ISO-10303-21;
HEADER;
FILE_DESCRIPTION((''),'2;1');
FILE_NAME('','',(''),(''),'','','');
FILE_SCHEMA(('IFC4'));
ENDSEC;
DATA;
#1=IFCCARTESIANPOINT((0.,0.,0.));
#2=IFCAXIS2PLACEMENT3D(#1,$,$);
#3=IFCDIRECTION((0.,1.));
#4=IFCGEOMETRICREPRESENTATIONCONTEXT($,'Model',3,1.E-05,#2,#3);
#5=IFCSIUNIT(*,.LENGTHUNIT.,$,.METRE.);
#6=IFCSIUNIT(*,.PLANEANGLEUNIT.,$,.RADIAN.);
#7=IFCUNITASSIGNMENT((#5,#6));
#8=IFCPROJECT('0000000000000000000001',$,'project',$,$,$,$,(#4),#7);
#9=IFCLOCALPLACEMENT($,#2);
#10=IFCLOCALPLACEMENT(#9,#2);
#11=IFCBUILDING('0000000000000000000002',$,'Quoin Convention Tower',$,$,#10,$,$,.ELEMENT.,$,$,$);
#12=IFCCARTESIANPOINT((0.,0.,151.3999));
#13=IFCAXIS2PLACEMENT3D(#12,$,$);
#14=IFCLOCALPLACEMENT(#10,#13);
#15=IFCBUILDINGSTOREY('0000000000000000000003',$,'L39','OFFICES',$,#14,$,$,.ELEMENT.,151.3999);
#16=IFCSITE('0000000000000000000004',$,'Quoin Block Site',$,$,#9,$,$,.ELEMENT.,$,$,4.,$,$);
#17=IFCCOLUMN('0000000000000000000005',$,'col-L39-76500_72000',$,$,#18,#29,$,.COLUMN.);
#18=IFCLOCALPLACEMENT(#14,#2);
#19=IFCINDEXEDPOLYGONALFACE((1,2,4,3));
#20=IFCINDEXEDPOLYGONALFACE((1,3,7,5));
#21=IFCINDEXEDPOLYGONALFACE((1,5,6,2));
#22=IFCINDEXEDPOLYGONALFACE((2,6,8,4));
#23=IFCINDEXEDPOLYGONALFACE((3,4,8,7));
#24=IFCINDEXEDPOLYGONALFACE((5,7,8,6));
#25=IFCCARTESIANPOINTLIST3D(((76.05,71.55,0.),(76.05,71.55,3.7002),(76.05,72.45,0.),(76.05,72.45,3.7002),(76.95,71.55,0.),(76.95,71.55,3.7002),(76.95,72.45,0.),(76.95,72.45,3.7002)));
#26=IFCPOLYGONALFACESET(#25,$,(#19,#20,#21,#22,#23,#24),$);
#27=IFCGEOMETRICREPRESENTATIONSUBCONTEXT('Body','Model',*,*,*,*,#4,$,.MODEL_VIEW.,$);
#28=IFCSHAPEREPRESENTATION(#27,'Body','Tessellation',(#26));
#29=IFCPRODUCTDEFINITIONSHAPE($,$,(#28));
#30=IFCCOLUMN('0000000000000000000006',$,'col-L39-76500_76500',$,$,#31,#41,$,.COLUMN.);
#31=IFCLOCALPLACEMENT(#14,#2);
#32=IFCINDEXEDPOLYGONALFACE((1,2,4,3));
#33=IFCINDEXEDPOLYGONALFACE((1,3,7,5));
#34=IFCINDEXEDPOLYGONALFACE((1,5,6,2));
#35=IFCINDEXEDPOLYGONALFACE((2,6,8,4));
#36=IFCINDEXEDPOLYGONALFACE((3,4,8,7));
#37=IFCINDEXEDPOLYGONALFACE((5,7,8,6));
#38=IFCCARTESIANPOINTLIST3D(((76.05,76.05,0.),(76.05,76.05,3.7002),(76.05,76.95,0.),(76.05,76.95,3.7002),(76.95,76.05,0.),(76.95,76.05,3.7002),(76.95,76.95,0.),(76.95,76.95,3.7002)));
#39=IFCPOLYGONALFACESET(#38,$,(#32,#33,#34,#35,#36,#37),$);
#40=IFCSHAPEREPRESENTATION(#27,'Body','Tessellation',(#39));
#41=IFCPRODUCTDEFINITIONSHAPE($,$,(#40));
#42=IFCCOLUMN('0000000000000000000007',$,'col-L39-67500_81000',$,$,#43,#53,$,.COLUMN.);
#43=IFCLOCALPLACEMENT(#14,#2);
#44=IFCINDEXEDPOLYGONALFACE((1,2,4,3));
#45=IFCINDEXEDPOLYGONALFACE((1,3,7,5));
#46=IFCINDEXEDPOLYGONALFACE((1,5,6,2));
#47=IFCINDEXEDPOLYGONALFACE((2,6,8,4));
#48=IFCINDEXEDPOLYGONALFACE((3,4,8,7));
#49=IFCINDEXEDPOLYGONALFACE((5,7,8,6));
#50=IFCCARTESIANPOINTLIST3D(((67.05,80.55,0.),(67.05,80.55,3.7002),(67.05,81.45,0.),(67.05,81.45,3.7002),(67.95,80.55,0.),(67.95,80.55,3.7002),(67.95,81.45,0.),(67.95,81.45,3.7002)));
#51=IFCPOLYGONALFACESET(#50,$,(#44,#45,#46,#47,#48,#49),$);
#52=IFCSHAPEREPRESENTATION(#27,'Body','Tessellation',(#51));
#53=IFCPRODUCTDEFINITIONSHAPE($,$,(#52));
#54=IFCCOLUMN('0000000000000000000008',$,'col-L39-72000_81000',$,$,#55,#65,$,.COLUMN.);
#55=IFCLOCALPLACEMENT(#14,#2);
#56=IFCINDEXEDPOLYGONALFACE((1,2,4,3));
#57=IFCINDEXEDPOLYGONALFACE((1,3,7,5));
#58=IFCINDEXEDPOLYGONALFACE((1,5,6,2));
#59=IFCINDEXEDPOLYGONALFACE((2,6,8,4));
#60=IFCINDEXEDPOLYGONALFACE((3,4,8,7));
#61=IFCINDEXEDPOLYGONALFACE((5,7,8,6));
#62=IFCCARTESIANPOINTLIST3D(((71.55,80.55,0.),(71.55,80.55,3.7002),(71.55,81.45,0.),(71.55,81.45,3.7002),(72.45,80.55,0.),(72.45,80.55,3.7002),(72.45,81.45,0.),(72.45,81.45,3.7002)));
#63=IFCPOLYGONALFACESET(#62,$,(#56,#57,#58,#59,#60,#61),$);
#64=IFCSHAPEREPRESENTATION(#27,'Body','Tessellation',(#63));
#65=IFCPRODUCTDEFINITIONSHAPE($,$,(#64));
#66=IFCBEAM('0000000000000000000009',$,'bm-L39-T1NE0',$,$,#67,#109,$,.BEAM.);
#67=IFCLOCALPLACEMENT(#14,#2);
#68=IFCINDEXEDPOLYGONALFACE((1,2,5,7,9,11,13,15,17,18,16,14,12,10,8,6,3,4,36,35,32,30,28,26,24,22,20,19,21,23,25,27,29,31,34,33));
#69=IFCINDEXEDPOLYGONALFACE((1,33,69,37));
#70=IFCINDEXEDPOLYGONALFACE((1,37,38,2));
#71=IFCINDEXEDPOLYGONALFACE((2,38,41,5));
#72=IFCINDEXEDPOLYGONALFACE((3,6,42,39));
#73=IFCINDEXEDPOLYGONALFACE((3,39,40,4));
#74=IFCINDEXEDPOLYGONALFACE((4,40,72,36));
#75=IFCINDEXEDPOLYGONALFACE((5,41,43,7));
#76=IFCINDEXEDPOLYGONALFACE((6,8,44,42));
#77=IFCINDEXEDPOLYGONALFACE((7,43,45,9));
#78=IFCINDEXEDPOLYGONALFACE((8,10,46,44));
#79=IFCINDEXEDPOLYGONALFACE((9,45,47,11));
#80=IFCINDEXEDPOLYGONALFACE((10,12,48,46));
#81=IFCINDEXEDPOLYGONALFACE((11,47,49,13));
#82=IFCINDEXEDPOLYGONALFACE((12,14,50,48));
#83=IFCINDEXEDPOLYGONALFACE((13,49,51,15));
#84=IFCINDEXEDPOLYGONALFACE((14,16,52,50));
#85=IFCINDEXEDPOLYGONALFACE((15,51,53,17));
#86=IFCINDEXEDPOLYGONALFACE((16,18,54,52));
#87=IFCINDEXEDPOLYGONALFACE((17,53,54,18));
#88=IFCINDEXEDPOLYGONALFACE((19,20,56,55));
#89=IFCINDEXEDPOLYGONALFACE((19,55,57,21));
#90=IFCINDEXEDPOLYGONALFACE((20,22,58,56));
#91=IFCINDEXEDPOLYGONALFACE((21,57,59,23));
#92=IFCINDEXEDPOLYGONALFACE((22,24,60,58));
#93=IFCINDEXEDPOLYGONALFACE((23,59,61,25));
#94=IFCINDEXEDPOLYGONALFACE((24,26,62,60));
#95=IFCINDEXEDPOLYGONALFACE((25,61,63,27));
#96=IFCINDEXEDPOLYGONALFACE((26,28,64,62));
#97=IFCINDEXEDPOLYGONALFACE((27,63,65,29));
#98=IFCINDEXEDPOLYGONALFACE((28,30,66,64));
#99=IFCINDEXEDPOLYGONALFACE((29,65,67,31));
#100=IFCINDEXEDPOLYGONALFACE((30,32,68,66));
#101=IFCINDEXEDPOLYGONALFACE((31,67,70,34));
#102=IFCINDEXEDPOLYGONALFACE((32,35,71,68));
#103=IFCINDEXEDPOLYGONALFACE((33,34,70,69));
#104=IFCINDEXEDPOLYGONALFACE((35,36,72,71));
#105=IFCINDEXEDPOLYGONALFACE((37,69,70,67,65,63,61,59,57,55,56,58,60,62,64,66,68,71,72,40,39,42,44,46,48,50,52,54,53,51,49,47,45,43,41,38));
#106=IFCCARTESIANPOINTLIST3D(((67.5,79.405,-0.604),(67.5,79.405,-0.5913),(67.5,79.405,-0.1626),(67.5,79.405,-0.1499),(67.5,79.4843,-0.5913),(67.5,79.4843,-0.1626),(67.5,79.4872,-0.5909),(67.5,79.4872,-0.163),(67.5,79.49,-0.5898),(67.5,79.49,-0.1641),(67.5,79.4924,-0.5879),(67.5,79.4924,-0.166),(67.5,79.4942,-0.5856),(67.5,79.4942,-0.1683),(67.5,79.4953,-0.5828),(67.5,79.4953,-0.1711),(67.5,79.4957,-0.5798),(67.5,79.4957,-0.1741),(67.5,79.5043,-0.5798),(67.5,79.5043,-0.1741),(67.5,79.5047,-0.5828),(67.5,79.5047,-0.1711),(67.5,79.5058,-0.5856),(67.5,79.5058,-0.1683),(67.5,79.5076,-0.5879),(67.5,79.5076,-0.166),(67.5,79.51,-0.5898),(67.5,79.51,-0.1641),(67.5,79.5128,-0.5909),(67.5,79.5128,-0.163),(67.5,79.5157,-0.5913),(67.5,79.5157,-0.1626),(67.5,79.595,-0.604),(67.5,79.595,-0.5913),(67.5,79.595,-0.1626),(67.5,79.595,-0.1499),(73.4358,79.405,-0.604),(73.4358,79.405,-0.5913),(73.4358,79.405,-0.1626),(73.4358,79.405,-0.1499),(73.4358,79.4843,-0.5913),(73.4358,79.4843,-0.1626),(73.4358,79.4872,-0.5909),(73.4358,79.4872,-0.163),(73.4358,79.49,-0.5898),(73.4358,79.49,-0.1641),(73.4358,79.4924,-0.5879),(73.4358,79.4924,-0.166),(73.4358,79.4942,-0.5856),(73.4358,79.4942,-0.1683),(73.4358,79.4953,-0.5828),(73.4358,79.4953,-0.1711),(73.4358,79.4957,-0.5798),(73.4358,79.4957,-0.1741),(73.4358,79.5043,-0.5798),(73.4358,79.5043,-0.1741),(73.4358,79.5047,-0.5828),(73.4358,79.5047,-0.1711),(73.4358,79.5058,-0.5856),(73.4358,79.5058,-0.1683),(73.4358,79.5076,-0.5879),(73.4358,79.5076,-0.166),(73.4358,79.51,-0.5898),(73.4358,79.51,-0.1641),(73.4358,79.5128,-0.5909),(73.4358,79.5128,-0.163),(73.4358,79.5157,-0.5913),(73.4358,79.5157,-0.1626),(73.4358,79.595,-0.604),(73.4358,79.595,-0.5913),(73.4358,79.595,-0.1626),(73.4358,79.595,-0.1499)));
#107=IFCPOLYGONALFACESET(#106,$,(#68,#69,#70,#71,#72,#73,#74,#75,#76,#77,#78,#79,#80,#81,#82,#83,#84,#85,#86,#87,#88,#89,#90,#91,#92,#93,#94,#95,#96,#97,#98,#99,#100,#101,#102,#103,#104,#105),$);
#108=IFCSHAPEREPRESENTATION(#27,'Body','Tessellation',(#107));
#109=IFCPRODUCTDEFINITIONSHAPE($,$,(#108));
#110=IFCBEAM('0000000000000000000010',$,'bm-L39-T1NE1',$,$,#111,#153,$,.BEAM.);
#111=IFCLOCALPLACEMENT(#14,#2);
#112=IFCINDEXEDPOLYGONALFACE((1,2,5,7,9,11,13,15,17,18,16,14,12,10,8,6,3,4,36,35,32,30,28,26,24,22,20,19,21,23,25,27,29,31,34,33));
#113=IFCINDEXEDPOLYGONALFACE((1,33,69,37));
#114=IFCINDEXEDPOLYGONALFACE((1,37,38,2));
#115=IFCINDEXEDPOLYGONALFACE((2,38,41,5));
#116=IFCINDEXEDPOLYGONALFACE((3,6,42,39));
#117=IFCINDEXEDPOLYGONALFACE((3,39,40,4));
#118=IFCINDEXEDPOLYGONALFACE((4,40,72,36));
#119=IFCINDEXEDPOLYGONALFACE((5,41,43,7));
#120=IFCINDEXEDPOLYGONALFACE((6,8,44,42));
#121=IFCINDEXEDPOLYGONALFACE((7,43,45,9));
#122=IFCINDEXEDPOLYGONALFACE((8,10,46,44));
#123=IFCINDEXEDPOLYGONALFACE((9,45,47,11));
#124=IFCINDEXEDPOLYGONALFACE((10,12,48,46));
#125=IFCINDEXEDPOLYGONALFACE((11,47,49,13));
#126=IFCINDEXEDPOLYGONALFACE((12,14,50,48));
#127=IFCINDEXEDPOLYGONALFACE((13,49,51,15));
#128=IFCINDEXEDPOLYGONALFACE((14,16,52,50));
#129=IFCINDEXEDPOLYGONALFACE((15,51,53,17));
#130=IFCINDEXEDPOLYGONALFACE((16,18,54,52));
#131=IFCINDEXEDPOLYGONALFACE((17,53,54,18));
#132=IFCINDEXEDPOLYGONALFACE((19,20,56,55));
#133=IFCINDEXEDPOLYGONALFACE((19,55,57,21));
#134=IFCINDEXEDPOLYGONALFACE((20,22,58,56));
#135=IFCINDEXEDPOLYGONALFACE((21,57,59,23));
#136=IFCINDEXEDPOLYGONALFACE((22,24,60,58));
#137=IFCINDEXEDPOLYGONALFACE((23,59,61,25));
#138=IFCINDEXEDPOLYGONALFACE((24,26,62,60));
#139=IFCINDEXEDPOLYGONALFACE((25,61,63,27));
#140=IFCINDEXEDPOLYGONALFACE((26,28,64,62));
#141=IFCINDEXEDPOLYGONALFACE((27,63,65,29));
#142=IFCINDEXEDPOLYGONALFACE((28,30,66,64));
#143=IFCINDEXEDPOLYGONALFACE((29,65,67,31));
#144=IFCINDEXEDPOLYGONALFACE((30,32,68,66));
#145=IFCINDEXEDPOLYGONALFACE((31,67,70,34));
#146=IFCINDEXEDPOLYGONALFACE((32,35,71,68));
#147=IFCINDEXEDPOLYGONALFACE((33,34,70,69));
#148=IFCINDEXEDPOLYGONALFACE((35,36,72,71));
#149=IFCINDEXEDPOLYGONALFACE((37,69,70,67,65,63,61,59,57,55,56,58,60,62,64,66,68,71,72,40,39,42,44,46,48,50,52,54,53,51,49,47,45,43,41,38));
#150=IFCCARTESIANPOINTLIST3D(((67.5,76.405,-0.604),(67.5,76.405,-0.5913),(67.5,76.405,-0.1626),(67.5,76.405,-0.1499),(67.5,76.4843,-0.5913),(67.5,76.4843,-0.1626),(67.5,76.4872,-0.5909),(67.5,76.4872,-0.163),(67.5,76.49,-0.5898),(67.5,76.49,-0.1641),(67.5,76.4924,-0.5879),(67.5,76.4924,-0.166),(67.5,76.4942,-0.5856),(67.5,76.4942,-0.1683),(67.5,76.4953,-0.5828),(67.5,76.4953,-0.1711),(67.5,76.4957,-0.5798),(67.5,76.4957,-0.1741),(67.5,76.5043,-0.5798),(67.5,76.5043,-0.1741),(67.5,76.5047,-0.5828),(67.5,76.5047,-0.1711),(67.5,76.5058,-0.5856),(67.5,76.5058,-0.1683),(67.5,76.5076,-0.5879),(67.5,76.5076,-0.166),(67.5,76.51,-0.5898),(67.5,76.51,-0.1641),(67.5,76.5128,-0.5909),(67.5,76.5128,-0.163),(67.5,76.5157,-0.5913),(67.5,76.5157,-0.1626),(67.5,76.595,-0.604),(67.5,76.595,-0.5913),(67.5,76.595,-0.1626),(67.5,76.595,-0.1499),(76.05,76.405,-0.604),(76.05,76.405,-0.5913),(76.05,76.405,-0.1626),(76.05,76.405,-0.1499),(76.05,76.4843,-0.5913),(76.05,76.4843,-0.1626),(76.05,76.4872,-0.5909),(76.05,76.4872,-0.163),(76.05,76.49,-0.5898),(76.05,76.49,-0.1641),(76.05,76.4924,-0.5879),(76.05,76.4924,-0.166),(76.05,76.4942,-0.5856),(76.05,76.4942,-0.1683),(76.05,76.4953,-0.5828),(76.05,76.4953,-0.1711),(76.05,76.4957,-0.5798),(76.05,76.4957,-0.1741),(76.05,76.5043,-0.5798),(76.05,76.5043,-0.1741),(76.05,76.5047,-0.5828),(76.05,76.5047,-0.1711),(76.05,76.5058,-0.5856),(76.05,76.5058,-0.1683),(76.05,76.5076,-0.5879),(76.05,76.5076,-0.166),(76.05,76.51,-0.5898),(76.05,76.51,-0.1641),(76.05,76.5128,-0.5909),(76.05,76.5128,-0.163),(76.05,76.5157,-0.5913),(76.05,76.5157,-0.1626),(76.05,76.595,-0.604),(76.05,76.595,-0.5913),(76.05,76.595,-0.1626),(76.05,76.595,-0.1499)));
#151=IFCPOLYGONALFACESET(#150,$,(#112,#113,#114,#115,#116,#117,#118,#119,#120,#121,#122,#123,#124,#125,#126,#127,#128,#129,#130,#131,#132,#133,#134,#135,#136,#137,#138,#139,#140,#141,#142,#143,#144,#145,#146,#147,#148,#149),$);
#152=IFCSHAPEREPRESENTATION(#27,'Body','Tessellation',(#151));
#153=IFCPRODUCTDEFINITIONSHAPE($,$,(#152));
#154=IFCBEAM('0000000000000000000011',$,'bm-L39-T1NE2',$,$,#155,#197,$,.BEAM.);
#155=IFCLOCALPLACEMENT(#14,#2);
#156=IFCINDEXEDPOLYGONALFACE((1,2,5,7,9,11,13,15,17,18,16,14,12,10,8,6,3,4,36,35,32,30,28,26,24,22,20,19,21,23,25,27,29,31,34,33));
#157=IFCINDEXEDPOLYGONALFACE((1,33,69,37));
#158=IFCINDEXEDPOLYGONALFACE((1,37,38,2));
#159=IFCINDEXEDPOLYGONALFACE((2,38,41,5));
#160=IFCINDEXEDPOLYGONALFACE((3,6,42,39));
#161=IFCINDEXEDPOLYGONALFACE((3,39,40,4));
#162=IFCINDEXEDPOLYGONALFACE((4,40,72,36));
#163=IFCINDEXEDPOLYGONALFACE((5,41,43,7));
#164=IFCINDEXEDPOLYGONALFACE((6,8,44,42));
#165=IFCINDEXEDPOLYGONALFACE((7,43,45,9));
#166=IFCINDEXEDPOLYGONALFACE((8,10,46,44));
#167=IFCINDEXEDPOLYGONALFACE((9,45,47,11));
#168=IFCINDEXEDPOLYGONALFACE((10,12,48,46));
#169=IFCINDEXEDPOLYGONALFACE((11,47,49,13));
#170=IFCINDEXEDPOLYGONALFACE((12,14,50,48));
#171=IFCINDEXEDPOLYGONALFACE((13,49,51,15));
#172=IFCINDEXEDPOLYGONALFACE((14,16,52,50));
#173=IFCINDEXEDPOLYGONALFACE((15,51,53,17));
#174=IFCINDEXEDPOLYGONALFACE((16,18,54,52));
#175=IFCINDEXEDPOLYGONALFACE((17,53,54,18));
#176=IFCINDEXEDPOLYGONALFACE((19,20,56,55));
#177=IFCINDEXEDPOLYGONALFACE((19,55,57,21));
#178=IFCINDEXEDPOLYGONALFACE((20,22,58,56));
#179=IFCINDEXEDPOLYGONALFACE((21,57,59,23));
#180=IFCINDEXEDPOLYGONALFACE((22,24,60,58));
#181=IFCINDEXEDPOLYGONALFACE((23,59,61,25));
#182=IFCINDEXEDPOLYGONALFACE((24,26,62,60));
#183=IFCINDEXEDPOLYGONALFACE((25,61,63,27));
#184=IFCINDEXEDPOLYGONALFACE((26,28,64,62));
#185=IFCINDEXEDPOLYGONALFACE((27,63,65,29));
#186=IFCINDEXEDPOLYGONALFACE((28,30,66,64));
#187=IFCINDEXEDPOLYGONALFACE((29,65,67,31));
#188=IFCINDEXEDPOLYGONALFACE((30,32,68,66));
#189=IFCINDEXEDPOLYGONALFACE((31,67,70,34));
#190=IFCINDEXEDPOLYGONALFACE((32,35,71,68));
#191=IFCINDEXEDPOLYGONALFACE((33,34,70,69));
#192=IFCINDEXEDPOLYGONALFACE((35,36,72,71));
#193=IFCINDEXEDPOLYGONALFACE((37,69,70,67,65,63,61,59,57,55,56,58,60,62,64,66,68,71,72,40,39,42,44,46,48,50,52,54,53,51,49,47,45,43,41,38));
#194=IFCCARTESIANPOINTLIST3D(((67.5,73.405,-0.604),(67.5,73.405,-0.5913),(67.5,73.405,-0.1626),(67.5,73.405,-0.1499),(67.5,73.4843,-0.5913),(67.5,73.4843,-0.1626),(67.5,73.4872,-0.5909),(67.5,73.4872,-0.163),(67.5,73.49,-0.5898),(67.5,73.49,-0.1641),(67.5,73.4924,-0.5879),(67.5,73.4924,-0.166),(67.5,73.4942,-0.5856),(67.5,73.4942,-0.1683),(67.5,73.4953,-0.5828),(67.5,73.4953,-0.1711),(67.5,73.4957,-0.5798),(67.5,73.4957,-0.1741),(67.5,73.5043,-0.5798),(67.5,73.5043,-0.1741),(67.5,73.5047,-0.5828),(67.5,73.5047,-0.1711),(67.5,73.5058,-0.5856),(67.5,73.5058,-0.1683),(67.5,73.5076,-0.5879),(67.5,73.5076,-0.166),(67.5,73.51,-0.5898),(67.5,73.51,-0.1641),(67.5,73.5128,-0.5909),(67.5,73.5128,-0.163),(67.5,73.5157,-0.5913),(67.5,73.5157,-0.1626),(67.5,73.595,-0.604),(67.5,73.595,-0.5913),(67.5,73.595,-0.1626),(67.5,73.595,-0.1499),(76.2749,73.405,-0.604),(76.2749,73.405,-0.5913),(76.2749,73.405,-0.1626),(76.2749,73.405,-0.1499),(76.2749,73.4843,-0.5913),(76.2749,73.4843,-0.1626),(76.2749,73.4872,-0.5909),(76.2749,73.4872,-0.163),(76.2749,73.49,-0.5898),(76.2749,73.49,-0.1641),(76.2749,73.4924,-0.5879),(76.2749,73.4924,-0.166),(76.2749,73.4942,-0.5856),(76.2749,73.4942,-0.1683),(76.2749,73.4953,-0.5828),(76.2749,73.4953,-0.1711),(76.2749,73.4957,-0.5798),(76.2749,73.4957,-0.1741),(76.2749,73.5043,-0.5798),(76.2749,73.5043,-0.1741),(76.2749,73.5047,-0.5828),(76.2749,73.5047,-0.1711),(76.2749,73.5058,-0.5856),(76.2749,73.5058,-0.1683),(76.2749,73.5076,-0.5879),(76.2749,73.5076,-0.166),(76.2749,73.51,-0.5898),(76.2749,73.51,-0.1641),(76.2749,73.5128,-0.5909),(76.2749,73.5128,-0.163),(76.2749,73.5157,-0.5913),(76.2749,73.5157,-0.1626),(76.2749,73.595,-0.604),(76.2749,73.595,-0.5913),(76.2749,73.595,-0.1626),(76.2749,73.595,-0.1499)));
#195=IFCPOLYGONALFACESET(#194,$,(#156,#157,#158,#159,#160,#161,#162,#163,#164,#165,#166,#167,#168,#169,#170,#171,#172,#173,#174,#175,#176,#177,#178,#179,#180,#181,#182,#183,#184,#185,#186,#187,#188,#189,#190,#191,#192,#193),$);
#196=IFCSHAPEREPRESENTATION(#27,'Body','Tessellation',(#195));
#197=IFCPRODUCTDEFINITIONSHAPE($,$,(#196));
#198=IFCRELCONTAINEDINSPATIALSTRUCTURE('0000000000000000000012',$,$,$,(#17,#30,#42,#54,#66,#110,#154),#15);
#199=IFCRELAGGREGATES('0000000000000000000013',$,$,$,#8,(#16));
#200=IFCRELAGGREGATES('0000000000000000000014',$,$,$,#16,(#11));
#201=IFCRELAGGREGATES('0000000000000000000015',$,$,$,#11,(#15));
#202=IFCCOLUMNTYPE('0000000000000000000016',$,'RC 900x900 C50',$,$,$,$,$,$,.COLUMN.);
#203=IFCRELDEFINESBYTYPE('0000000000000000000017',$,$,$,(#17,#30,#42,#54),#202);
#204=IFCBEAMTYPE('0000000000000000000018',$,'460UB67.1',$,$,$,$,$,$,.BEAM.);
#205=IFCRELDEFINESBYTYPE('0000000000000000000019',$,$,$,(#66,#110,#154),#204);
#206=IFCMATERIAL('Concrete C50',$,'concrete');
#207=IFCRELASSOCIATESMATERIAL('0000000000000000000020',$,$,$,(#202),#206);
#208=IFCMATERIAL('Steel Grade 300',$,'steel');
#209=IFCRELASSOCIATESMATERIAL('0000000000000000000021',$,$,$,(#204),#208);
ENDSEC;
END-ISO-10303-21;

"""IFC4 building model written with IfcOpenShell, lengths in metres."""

from ifc_helpers import new_model, si_unit, direction, frame, origin, origin_2d, place, context, subcontext, project, spatial, rectangle, i_section, extrude, material, material_profile, profile_set, type_object, element, save


model = new_model("IFC4")

# Units and contexts
model_context = context("Model", 3, precision=1e-05, world=origin(), true_north=direction((0.0, 1.0)))
body_context = subcontext(model_context, "Body", "Model", "MODEL_VIEW")
ifc_project = project(units=[si_unit("LENGTHUNIT", "METRE"), si_unit("PLANEANGLEUNIT", "RADIAN")], contexts=[model_context])

# Site, building, storey
site_placement = place(None, origin())
site = spatial("IfcSite", under=ifc_project, at=site_placement, Name="Quoin Block Site", CompositionType="ELEMENT", RefElevation=4.0)
building_placement = place(site_placement, origin())
building = spatial("IfcBuilding", under=site, at=building_placement, Name="Quoin Convention Tower", CompositionType="ELEMENT")
storey_placement = place(building_placement, frame((0.0, 0.0, 151.3999)))
storey = spatial("IfcBuildingStorey", under=building, at=storey_placement, Name="L39", Description="OFFICES", CompositionType="ELEMENT", Elevation=151.3999)

# Columns
ifc_material_1 = material(Name="Concrete C50", Category="concrete")
ifc_material_profile_1 = material_profile(ifc_material_1, rectangle(XDim=0.8999, YDim=0.8999, at=origin_2d()), Name="RC 900x900")
ifc_profile_set_1 = profile_set([ifc_material_profile_1], Name="Concrete C50")
column_type = type_object("IfcColumnType", Name="RC 900x900 C50", PredefinedType="COLUMN", material=ifc_profile_set_1)
for number, where, z_axis, x_axis, name in (
    (1, (76.5, 72.0, 0.0), (0.0, 0.0, 1.0), (1.0, 0.0, 0.0), "col-L39-76500_72000"),
    (2, (76.5, 76.5, 0.0), (0.0, 0.0, 1.0), (1.0, 0.0, 0.0), "col-L39-76500_76500"),
    (3, (67.5, 81.0, 0.0), (0.0, 0.0, 1.0), (1.0, 0.0, 0.0), "col-L39-67500_81000"),
    (4, (72.0, 81.0, 0.0), (0.0, 0.0, 1.0), (1.0, 0.0, 0.0), "col-L39-72000_81000"),
):
    element("IfcColumn", number, at=place(storey_placement, frame(where, z_axis=z_axis, x_axis=x_axis)), inside=storey, type_object=column_type, Name=name, PredefinedType="COLUMN", context=body_context, shape_type="SweptSolid", body=[
        extrude(rectangle(XDim=0.8999, YDim=0.8999, at=origin_2d()), origin(), (0.0, 0.0, 1.0), 3.7002),
    ])

# Beams
ifc_material_2 = material(Name="Steel Grade 300", Category="steel")
ifc_material_profile_2 = material_profile(ifc_material_2, i_section(OverallWidth=0.1899, OverallDepth=0.4541, WebThickness=0.0085, FlangeThickness=0.0127, FilletRadius=0.0115, at=origin_2d()), Name="460UB67.1")
ifc_profile_set_2 = profile_set([ifc_material_profile_2], Name="Steel Grade 300")
beam_type_1 = type_object("IfcBeamType", Name="460UB67.1", PredefinedType="BEAM", material=ifc_profile_set_2)
beam_1_placement = place(storey_placement, frame((67.5, 79.5, -0.377), z_axis=(1.0, 0.0, 0.0), x_axis=(0.0, 1.0, 0.0)))
element("IfcBeam", 5, at=beam_1_placement, inside=storey, type_object=beam_type_1, Name="bm-L39-T1NE0", PredefinedType="BEAM", context=body_context, shape_type="SweptSolid", body=[
    extrude(i_section(OverallWidth=0.1899, OverallDepth=0.4541, WebThickness=0.0085, FlangeThickness=0.0127, FilletRadius=0.0115, at=origin_2d()), origin(), (0.0, 0.0, 1.0), 5.9358),
])
beam_2_placement = place(storey_placement, frame((67.5, 76.5, -0.377), z_axis=(1.0, 0.0, 0.0), x_axis=(0.0, 1.0, 0.0)))
element("IfcBeam", 6, at=beam_2_placement, inside=storey, type_object=beam_type_1, Name="bm-L39-T1NE1", PredefinedType="BEAM", context=body_context, shape_type="SweptSolid", body=[
    extrude(i_section(OverallWidth=0.1899, OverallDepth=0.4541, WebThickness=0.0085, FlangeThickness=0.0127, FilletRadius=0.0115, at=origin_2d()), origin(), (0.0, 0.0, 1.0), 8.55),
])
beam_3_placement = place(storey_placement, frame((67.5, 73.5, -0.377), z_axis=(1.0, 0.0, 0.0), x_axis=(0.0, 1.0, 0.0)))
element("IfcBeam", 7, at=beam_3_placement, inside=storey, type_object=beam_type_1, Name="bm-L39-T1NE2", PredefinedType="BEAM", context=body_context, shape_type="SweptSolid", body=[
    extrude(i_section(OverallWidth=0.1899, OverallDepth=0.4541, WebThickness=0.0085, FlangeThickness=0.0127, FilletRadius=0.0115, at=origin_2d()), origin(), (0.0, 0.0, 1.0), 8.7749),
])

save(model, "model.ifc")
